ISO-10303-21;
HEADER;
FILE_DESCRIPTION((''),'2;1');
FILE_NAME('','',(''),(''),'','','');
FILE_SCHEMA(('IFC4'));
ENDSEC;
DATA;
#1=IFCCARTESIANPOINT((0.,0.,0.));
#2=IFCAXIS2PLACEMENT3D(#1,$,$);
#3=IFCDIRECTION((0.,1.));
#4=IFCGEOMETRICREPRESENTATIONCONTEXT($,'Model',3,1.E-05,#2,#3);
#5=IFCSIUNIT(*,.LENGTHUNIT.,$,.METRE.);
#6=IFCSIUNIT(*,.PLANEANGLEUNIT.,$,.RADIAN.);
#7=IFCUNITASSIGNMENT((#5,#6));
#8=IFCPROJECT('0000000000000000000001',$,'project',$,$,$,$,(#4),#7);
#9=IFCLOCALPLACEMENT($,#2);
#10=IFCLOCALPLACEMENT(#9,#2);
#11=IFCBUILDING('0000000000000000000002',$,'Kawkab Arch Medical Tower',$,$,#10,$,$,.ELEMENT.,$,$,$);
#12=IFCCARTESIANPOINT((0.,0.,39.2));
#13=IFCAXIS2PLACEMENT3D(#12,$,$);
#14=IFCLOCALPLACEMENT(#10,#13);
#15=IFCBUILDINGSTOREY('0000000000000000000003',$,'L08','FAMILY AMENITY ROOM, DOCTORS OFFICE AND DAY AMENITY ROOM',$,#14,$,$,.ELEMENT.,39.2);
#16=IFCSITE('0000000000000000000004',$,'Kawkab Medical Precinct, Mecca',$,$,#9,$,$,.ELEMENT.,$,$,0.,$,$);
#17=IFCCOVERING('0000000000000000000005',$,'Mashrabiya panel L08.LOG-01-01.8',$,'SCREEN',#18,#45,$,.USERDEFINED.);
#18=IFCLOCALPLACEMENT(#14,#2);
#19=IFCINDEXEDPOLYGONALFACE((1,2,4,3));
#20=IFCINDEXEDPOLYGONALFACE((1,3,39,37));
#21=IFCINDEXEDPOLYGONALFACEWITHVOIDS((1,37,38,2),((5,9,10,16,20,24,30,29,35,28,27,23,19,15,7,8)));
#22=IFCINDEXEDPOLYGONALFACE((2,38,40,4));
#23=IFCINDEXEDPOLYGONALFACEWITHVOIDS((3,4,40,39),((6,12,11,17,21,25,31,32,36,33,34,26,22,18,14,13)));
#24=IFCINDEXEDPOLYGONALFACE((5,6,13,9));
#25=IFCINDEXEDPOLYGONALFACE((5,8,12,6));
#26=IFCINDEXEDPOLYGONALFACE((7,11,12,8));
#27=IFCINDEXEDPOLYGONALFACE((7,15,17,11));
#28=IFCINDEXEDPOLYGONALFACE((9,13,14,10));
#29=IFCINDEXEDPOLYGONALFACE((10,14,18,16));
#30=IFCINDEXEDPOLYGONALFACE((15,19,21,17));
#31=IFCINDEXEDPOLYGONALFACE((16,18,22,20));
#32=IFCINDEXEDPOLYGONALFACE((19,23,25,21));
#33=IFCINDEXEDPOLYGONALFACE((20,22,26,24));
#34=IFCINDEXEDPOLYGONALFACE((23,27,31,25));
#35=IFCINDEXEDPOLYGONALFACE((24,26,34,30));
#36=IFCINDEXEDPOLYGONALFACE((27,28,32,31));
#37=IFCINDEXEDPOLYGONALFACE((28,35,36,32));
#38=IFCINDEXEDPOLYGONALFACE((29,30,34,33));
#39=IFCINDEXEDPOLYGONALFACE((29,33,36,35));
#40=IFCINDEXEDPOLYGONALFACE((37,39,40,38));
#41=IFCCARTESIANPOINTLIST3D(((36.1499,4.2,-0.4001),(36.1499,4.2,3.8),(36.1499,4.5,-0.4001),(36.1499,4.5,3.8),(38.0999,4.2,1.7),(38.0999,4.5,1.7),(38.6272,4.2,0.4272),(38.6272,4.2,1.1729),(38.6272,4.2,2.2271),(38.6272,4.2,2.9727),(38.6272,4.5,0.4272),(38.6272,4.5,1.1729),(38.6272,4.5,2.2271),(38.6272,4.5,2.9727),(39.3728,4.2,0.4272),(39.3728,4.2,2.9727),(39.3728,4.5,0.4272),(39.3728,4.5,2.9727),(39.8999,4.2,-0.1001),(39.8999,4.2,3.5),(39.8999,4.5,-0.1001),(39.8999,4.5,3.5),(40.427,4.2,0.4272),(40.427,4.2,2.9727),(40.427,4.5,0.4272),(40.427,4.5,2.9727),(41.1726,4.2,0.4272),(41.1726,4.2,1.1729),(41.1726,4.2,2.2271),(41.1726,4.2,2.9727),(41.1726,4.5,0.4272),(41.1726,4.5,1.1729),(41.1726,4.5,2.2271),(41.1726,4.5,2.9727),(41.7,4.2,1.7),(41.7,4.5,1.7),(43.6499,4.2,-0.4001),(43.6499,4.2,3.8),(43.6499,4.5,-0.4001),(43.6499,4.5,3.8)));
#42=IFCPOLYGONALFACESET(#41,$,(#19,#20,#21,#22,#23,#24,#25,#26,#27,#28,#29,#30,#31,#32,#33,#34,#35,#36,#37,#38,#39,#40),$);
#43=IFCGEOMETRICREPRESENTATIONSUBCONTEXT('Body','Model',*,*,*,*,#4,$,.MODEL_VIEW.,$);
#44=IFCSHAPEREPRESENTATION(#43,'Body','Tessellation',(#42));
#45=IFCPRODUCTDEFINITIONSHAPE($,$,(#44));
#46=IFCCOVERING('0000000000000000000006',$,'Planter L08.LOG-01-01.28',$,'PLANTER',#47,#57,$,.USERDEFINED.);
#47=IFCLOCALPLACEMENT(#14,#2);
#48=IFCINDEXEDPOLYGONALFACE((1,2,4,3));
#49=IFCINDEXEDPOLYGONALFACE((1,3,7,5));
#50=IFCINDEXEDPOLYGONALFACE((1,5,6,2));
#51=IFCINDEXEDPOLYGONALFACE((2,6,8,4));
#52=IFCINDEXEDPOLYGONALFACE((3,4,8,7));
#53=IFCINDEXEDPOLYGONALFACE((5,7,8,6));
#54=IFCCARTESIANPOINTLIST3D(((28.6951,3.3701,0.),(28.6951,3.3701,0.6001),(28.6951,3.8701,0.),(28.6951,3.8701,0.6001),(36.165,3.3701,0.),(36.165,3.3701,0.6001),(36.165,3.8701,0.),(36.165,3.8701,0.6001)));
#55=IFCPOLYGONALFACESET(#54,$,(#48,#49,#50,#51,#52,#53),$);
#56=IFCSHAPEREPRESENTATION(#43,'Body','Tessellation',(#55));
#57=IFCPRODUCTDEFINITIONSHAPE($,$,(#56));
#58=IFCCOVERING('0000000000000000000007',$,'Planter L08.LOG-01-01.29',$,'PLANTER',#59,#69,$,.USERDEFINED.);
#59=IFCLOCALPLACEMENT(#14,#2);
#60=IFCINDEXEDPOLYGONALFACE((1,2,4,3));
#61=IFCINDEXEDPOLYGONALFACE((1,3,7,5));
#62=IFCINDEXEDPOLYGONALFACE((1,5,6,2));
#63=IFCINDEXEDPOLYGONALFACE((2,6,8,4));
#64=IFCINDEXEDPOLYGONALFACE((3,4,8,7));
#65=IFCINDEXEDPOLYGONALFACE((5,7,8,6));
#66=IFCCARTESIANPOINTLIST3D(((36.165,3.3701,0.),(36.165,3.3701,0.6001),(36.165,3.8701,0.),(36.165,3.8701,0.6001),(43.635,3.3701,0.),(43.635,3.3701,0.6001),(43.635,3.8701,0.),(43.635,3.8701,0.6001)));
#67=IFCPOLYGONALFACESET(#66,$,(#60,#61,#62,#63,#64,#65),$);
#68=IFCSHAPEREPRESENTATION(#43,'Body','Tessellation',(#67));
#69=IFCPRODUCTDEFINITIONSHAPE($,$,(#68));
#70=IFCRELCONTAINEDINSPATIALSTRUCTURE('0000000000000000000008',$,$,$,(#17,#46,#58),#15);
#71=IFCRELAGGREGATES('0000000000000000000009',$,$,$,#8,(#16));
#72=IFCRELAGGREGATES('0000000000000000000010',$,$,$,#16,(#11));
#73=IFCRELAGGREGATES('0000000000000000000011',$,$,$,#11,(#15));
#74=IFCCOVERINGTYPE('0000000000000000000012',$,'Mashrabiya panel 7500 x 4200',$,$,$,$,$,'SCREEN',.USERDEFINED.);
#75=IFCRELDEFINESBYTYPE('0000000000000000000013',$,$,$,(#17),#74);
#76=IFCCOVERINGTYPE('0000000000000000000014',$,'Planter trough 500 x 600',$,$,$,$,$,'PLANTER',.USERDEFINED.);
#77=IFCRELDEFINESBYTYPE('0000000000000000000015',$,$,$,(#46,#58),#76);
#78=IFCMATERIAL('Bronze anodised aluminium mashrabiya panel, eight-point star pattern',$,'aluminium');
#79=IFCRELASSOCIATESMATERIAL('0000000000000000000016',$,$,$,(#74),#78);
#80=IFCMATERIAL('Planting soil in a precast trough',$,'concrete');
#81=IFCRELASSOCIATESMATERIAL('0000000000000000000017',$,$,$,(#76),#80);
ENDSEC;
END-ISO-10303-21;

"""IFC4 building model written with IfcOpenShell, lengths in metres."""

from ifc_helpers import new_model, si_unit, direction, frame, origin, origin_2d, place, context, subcontext, project, spatial, polyline, rectangle, outline, extrude, material, material_profile, profile_set, type_object, element, save


model = new_model("IFC4")

# Units and contexts
model_context = context("Model", 3, precision=1e-05, world=origin(), true_north=direction((0.0, 1.0)))
body_context = subcontext(model_context, "Body", "Model", "MODEL_VIEW")
ifc_project = project(units=[si_unit("LENGTHUNIT", "METRE"), si_unit("PLANEANGLEUNIT", "RADIAN")], contexts=[model_context])

# Site, building, storey
site_placement = place(None, origin())
site = spatial("IfcSite", under=ifc_project, at=site_placement, Name="Kawkab Medical Precinct, Mecca", CompositionType="ELEMENT", RefElevation=0.0)
building_placement = place(site_placement, origin())
building = spatial("IfcBuilding", under=site, at=building_placement, Name="Kawkab Arch Medical Tower", CompositionType="ELEMENT")
storey_placement = place(building_placement, frame((0.0, 0.0, 39.2)))
storey = spatial("IfcBuildingStorey", under=building, at=storey_placement, Name="L08", Description="FAMILY AMENITY ROOM, DOCTORS OFFICE AND DAY AMENITY ROOM", CompositionType="ELEMENT", Elevation=39.2)

# Coverings
ifc_material_1 = material(Name="Bronze anodised aluminium mashrabiya panel, eight-point star pattern", Category="aluminium")
ifc_material_profile_1 = material_profile(ifc_material_1, outline(polyline([(-3.75, -2.1001), (3.75, -2.1001), (3.75, 2.1001), (-3.75, 2.1001), (-3.75, -2.1001)]), holes=[polyline([(1.8, 0.0), (1.2727, 0.5271), (1.2727, 1.2727), (0.5271, 1.2727), (0.0, 1.8), (-0.5271, 1.2727), (-1.2727, 1.2727), (-1.2727, 0.5271), (-1.8, 0.0), (-1.2727, -0.5271), (-1.2727, -1.2727), (-0.5271, -1.2727), (0.0, -1.8), (0.5271, -1.2727), (1.2727, -1.2727), (1.2727, -0.5271), (1.8, 0.0)])]), Name="Mashrabiya panel 7500x4200")
ifc_profile_set_1 = profile_set([ifc_material_profile_1], Name="Bronze anodised aluminium mashrabiya panel, eight-point star pattern")
covering_type_1 = type_object("IfcCoveringType", Name="Mashrabiya panel 7500 x 4200", ElementType="SCREEN", PredefinedType="USERDEFINED", material=ifc_profile_set_1)
for number, where, z_axis, x_axis, name in (
    (1, (39.8999, 4.2, 1.7), (0.0, 1.0, 0.0), (-1.0, 0.0, 0.0), "Mashrabiya panel L08.LOG-01-01.8"),
):
    element("IfcCovering", number, at=place(storey_placement, frame(where, z_axis=z_axis, x_axis=x_axis)), inside=storey, type_object=covering_type_1, Name=name, ObjectType="SCREEN", PredefinedType="USERDEFINED", context=body_context, shape_type="SweptSolid", body=[
        extrude(outline(polyline([(-3.75, -2.1001), (3.75, -2.1001), (3.75, 2.1001), (-3.75, 2.1001), (-3.75, -2.1001)]), holes=[polyline([(1.8, 0.0), (1.2727, 0.5271), (1.2727, 1.2727), (0.5271, 1.2727), (0.0, 1.8), (-0.5271, 1.2727), (-1.2727, 1.2727), (-1.2727, 0.5271), (-1.8, 0.0), (-1.2727, -0.5271), (-1.2727, -1.2727), (-0.5271, -1.2727), (0.0, -1.8), (0.5271, -1.2727), (1.2727, -1.2727), (1.2727, -0.5271), (1.8, 0.0)])]), origin(), (0.0, 0.0, 1.0), 0.3),
    ])
ifc_material_2 = material(Name="Planting soil in a precast trough", Category="concrete")
ifc_material_profile_2 = material_profile(ifc_material_2, rectangle(XDim=0.5, YDim=0.6001, at=origin_2d()), Name="Trough 500x600")
ifc_profile_set_2 = profile_set([ifc_material_profile_2], Name="Planting soil in a precast trough")
covering_type_2 = type_object("IfcCoveringType", Name="Planter trough 500 x 600", ElementType="PLANTER", PredefinedType="USERDEFINED", material=ifc_profile_set_2)
for number, where, z_axis, x_axis, name in (
    (2, (28.6951, 3.6201, 0.3), (1.0, 0.0, 0.0), (0.0, 1.0, 0.0), "Planter L08.LOG-01-01.28"),
    (3, (36.165, 3.6201, 0.3), (1.0, 0.0, 0.0), (0.0, 1.0, 0.0), "Planter L08.LOG-01-01.29"),
):
    element("IfcCovering", number, at=place(storey_placement, frame(where, z_axis=z_axis, x_axis=x_axis)), inside=storey, type_object=covering_type_2, Name=name, ObjectType="PLANTER", PredefinedType="USERDEFINED", context=body_context, shape_type="SweptSolid", body=[
        extrude(rectangle(XDim=0.5, YDim=0.6001, at=origin_2d()), origin(), (0.0, 0.0, 1.0), 7.47),
    ])

save(model, "model.ifc")
